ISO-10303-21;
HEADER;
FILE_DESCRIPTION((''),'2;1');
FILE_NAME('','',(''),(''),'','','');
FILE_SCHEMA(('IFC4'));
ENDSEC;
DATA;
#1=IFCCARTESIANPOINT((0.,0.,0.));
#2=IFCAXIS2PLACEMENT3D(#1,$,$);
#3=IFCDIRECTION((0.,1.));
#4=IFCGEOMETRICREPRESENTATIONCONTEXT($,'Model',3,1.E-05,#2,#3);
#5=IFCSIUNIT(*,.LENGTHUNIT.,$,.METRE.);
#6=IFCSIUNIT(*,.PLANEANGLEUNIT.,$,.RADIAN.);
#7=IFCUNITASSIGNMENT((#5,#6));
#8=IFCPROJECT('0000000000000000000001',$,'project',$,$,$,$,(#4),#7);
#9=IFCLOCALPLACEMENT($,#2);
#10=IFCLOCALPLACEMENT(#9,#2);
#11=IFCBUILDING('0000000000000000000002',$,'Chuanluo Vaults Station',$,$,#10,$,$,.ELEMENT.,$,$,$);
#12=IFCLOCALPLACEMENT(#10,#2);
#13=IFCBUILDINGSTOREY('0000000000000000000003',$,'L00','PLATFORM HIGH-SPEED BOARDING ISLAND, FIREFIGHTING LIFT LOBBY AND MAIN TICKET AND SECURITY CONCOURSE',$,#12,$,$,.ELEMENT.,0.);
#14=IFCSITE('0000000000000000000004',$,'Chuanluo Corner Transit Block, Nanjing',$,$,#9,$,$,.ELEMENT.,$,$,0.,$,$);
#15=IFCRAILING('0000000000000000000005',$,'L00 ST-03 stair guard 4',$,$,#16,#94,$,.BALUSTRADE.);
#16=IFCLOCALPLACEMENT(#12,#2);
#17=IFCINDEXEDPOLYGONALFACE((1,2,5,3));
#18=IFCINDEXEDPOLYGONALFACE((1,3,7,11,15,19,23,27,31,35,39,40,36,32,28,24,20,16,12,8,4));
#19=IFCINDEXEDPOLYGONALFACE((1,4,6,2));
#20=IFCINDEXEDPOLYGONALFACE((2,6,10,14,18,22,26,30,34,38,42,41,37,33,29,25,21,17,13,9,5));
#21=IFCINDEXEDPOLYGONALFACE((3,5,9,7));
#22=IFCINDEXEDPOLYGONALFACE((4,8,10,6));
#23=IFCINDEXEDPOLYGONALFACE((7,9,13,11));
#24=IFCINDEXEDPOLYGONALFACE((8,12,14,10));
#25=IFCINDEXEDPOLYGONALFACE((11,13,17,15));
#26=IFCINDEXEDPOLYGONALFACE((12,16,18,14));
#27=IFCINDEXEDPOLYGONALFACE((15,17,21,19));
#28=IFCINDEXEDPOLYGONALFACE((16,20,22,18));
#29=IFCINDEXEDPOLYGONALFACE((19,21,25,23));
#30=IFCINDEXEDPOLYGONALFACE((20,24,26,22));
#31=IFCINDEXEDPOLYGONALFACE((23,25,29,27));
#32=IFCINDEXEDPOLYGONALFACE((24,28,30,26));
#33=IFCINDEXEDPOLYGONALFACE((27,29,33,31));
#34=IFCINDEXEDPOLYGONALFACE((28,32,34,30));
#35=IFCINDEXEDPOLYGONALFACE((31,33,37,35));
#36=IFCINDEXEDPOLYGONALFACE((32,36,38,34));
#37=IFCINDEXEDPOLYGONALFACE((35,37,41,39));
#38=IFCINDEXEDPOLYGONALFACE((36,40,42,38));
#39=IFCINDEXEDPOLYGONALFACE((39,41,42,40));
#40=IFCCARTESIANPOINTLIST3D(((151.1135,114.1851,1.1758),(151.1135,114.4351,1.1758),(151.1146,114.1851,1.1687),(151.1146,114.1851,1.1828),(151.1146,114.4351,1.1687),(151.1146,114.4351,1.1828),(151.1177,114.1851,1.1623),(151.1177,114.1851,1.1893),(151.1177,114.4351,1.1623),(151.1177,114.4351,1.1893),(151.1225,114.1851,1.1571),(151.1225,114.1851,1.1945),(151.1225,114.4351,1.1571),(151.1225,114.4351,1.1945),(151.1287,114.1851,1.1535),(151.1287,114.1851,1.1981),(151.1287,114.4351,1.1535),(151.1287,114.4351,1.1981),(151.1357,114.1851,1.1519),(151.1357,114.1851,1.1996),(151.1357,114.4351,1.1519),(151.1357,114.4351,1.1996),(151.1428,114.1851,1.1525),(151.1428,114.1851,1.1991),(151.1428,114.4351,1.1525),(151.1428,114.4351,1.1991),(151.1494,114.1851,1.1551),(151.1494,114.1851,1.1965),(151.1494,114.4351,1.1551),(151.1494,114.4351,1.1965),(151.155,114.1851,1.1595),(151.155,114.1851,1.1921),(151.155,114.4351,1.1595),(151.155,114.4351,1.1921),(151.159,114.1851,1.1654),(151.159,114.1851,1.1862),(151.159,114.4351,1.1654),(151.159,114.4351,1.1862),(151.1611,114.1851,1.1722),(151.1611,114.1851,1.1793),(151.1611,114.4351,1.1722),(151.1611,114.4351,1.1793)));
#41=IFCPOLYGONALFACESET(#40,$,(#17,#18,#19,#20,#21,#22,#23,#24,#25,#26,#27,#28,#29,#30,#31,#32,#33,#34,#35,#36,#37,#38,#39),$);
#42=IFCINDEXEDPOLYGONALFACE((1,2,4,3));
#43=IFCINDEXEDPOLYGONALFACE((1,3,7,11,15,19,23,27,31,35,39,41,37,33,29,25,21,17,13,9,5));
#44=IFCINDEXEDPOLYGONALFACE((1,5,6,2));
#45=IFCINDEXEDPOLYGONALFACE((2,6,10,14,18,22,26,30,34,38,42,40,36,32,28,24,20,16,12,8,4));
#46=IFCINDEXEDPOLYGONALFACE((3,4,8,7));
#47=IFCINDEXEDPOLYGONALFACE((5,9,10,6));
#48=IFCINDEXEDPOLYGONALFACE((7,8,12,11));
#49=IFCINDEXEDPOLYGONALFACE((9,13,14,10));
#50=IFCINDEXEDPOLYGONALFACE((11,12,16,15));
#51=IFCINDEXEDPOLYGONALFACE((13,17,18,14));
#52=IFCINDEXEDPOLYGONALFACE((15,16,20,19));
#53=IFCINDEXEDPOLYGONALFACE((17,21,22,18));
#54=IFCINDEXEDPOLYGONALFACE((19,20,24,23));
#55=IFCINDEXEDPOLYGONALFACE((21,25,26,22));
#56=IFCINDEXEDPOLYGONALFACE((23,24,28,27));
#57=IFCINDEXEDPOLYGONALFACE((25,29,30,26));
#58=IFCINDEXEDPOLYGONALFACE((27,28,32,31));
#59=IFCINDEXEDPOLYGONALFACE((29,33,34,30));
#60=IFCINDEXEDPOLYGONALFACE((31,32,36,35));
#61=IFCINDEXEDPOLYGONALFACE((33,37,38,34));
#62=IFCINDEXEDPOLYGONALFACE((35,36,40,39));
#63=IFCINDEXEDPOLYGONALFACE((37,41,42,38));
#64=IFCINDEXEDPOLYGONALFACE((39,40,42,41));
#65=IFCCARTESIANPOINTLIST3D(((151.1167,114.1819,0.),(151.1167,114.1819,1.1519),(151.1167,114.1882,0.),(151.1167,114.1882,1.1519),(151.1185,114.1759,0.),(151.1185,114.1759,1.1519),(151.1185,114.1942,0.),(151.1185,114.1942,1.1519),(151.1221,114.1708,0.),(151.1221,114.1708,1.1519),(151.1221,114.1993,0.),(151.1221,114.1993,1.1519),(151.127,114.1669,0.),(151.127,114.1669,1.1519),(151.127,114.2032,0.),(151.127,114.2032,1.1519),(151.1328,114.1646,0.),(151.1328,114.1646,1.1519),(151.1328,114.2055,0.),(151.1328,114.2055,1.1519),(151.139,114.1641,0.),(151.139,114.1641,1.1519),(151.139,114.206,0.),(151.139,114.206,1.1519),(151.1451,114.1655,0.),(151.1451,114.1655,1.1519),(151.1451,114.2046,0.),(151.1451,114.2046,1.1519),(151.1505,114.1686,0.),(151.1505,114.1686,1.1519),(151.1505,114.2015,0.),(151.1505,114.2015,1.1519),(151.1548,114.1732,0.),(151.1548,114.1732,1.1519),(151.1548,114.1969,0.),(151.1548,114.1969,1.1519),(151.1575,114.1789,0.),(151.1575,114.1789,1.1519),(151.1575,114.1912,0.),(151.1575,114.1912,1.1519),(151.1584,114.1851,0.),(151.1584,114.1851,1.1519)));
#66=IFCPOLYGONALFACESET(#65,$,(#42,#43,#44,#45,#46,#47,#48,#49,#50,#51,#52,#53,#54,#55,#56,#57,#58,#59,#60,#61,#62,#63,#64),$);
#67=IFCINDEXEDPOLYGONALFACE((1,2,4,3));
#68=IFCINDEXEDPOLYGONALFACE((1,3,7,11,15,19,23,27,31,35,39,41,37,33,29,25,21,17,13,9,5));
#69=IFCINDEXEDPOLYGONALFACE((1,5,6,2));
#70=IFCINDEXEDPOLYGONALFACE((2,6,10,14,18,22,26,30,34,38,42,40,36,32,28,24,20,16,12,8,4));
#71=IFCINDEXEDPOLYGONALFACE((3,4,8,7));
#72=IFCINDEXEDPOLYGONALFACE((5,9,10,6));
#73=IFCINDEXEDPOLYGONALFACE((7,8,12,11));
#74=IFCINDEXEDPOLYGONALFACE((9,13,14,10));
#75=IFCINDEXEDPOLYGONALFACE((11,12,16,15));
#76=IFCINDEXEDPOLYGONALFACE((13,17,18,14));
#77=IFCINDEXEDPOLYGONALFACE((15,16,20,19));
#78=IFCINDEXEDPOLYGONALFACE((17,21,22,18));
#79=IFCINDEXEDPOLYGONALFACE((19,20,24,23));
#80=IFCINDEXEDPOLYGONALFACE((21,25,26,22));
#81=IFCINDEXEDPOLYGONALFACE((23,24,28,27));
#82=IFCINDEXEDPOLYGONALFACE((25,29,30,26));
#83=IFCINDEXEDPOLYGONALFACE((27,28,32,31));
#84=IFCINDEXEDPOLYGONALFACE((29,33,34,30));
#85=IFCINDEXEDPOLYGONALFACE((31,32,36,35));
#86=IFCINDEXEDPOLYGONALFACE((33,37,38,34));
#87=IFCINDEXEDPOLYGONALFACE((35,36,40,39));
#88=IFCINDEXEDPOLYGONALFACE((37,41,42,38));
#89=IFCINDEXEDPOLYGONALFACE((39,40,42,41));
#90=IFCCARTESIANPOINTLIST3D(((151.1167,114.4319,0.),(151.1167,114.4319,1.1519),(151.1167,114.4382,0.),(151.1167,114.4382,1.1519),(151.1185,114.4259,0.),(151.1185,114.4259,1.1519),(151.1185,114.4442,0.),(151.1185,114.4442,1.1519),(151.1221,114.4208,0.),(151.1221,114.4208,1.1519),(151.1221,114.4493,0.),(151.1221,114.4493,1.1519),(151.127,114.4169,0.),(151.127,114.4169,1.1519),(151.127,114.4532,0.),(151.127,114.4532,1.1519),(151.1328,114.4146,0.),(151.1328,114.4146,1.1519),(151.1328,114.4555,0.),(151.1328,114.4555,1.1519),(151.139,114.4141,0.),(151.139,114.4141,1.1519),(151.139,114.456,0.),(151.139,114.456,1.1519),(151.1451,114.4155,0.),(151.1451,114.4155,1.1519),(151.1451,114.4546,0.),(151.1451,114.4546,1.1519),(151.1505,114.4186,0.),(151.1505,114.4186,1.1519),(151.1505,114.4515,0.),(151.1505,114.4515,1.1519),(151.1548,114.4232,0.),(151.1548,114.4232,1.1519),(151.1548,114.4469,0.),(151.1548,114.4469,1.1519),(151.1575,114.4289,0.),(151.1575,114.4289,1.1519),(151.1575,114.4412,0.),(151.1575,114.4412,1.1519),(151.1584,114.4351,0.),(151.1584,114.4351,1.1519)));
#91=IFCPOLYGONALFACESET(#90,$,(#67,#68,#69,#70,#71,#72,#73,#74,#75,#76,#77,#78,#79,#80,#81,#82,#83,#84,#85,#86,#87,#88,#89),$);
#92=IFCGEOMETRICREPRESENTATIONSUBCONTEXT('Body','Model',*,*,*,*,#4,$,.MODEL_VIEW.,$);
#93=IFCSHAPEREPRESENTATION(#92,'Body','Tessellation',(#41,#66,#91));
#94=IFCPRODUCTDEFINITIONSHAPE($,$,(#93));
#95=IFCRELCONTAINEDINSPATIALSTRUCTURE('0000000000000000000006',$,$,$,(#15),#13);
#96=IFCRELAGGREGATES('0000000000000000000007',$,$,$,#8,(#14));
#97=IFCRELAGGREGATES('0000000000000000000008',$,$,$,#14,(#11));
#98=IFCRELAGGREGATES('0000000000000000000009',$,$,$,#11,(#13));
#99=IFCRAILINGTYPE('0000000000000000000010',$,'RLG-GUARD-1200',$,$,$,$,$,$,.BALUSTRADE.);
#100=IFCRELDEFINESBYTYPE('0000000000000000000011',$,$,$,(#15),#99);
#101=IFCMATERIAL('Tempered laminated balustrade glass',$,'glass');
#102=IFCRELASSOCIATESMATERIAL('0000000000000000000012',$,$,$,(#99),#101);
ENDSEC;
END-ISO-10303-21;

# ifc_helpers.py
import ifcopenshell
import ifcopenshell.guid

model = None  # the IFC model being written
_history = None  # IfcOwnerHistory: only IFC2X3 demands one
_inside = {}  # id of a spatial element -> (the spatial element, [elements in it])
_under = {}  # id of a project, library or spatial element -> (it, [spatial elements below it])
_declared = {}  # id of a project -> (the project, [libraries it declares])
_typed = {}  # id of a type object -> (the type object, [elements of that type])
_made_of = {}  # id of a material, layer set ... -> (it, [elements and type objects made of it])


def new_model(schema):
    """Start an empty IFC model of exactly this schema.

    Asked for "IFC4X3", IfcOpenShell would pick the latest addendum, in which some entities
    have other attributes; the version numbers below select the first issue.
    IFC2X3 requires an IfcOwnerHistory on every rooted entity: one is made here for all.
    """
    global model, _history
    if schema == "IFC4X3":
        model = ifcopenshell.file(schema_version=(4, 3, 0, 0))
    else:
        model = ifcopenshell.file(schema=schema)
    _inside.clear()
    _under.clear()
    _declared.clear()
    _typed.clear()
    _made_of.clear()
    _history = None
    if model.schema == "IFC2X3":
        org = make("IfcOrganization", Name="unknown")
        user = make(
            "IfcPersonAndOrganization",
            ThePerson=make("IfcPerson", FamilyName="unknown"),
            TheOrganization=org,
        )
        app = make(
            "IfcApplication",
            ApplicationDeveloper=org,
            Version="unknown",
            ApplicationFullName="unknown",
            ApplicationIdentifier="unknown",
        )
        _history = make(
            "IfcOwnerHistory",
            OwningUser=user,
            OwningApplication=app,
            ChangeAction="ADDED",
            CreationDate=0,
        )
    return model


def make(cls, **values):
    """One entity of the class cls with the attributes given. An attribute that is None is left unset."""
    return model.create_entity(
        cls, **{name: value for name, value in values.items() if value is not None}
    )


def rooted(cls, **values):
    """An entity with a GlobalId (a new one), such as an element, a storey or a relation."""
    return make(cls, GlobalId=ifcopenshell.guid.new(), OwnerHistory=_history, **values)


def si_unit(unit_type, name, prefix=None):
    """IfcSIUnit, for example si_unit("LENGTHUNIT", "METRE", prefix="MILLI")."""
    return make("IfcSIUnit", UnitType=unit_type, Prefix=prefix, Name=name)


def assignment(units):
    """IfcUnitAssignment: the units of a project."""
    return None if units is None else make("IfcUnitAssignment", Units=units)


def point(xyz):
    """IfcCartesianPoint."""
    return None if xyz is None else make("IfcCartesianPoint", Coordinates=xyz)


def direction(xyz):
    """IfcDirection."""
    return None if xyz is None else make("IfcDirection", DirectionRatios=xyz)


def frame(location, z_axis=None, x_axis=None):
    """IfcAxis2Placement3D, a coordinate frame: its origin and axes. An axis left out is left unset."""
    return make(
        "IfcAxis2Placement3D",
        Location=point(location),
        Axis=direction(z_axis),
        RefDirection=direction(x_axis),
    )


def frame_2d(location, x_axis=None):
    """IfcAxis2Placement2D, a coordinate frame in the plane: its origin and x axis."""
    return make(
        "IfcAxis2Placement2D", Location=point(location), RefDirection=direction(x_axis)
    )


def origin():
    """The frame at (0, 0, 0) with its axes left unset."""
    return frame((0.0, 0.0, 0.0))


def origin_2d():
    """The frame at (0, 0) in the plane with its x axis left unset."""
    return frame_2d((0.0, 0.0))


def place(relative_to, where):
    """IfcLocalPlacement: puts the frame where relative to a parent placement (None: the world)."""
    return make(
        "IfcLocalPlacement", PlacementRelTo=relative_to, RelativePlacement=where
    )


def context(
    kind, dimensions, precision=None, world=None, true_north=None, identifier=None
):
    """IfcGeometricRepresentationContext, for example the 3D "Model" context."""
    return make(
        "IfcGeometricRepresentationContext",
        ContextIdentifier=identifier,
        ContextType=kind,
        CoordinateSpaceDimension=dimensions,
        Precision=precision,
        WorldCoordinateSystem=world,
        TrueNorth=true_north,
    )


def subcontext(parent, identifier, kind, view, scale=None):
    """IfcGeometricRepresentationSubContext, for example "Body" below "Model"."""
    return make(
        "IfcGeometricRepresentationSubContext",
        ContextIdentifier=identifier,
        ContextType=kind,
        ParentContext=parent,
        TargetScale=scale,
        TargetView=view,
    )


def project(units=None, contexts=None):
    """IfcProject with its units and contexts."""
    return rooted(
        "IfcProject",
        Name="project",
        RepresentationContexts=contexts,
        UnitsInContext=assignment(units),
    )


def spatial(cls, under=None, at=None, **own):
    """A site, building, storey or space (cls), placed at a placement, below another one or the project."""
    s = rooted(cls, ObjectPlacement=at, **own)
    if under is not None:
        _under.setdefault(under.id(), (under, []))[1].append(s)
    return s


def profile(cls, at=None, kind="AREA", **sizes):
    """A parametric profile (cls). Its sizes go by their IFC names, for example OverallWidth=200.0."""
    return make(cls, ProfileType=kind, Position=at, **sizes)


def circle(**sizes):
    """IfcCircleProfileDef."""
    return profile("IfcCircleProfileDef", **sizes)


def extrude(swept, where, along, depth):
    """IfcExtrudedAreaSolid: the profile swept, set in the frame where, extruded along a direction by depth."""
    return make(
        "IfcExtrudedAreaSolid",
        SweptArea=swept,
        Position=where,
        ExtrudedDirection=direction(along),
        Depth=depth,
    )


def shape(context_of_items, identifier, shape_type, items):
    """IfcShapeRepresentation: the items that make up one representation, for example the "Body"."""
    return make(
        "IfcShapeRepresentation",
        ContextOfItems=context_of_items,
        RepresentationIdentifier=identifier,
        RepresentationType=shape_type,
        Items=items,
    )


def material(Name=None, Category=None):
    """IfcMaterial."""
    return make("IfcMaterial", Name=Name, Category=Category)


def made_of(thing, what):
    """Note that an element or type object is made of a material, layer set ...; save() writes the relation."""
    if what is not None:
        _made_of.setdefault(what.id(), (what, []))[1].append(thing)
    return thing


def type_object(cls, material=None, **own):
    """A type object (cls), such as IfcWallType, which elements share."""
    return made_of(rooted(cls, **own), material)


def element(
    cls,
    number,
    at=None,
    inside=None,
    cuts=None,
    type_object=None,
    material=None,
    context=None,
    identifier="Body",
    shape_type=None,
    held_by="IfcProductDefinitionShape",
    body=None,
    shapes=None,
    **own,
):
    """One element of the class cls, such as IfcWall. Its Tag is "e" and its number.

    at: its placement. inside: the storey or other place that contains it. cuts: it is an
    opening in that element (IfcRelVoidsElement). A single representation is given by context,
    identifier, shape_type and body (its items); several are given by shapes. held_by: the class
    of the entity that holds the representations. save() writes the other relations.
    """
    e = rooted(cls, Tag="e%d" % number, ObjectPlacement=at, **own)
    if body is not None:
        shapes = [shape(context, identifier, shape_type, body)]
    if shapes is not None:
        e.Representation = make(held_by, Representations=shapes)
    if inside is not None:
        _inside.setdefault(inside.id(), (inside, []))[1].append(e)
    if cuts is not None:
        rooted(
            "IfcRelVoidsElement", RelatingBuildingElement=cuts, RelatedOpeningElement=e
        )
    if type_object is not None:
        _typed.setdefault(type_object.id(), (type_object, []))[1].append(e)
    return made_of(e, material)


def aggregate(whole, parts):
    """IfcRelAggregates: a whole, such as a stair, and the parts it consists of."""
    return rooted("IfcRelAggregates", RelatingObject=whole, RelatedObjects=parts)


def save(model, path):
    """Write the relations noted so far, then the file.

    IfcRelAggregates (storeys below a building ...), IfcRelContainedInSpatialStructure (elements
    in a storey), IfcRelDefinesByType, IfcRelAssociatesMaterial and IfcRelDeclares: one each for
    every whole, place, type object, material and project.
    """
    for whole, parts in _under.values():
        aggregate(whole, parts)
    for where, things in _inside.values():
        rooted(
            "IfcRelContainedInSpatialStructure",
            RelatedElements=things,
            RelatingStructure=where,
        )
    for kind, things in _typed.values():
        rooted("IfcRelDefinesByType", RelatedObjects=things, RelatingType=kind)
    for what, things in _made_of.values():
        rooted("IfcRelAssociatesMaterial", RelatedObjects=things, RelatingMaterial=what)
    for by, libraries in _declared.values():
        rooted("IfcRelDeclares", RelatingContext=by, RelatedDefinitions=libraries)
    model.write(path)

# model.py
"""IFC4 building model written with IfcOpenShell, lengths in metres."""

from ifc_helpers import new_model, si_unit, direction, frame, origin, origin_2d, place, context, subcontext, project, spatial, circle, extrude, material, type_object, element, save


model = new_model("IFC4")

# Units and contexts
model_context = context("Model", 3, precision=1e-05, world=origin(), true_north=direction((0.0, 1.0)))
body_context = subcontext(model_context, "Body", "Model", "MODEL_VIEW")
ifc_project = project(units=[si_unit("LENGTHUNIT", "METRE"), si_unit("PLANEANGLEUNIT", "RADIAN")], contexts=[model_context])

# Site, building, storey
site_placement = place(None, origin())
site = spatial("IfcSite", under=ifc_project, at=site_placement, Name="Chuanluo Corner Transit Block, Nanjing", CompositionType="ELEMENT", RefElevation=0.0)
building_placement = place(site_placement, origin())
building = spatial("IfcBuilding", under=site, at=building_placement, Name="Chuanluo Vaults Station", CompositionType="ELEMENT")
storey_placement = place(building_placement, origin())
storey = spatial("IfcBuildingStorey", under=building, at=storey_placement, Name="L00", Description="PLATFORM HIGH-SPEED BOARDING ISLAND, FIREFIGHTING LIFT LOBBY AND MAIN TICKET AND SECURITY CONCOURSE", CompositionType="ELEMENT", Elevation=0.0)

# Railing
ifc_material_1 = material(Name="Tempered laminated balustrade glass", Category="glass")
railing_type_1 = type_object("IfcRailingType", Name="RLG-GUARD-1200", PredefinedType="BALUSTRADE", material=ifc_material_1)
railing_1_placement = place(storey_placement, frame((151.1375, 114.1851, 0.0)))
element("IfcRailing", 1, at=railing_1_placement, inside=storey, type_object=railing_type_1, Name="L00 ST-03 stair guard 4", PredefinedType="BALUSTRADE", context=body_context, shape_type="SweptSolid", body=[
    extrude(circle(Radius=0.0239, at=origin_2d()), frame((0.0, 0.0, 1.1758), z_axis=(0.0, 1.0, 0.0), x_axis=(-1.0, 0.0, 0.0)), (0.0, 0.0, 1.0), 0.25),
    extrude(circle(Radius=0.021, at=origin_2d()), origin(), (0.0, 0.0, 1.0), 1.1519),
    extrude(circle(Radius=0.021, at=origin_2d()), frame((0.0, 0.25, 0.0)), (0.0, 0.0, 1.0), 1.1519),
])

save(model, "model.ifc")
